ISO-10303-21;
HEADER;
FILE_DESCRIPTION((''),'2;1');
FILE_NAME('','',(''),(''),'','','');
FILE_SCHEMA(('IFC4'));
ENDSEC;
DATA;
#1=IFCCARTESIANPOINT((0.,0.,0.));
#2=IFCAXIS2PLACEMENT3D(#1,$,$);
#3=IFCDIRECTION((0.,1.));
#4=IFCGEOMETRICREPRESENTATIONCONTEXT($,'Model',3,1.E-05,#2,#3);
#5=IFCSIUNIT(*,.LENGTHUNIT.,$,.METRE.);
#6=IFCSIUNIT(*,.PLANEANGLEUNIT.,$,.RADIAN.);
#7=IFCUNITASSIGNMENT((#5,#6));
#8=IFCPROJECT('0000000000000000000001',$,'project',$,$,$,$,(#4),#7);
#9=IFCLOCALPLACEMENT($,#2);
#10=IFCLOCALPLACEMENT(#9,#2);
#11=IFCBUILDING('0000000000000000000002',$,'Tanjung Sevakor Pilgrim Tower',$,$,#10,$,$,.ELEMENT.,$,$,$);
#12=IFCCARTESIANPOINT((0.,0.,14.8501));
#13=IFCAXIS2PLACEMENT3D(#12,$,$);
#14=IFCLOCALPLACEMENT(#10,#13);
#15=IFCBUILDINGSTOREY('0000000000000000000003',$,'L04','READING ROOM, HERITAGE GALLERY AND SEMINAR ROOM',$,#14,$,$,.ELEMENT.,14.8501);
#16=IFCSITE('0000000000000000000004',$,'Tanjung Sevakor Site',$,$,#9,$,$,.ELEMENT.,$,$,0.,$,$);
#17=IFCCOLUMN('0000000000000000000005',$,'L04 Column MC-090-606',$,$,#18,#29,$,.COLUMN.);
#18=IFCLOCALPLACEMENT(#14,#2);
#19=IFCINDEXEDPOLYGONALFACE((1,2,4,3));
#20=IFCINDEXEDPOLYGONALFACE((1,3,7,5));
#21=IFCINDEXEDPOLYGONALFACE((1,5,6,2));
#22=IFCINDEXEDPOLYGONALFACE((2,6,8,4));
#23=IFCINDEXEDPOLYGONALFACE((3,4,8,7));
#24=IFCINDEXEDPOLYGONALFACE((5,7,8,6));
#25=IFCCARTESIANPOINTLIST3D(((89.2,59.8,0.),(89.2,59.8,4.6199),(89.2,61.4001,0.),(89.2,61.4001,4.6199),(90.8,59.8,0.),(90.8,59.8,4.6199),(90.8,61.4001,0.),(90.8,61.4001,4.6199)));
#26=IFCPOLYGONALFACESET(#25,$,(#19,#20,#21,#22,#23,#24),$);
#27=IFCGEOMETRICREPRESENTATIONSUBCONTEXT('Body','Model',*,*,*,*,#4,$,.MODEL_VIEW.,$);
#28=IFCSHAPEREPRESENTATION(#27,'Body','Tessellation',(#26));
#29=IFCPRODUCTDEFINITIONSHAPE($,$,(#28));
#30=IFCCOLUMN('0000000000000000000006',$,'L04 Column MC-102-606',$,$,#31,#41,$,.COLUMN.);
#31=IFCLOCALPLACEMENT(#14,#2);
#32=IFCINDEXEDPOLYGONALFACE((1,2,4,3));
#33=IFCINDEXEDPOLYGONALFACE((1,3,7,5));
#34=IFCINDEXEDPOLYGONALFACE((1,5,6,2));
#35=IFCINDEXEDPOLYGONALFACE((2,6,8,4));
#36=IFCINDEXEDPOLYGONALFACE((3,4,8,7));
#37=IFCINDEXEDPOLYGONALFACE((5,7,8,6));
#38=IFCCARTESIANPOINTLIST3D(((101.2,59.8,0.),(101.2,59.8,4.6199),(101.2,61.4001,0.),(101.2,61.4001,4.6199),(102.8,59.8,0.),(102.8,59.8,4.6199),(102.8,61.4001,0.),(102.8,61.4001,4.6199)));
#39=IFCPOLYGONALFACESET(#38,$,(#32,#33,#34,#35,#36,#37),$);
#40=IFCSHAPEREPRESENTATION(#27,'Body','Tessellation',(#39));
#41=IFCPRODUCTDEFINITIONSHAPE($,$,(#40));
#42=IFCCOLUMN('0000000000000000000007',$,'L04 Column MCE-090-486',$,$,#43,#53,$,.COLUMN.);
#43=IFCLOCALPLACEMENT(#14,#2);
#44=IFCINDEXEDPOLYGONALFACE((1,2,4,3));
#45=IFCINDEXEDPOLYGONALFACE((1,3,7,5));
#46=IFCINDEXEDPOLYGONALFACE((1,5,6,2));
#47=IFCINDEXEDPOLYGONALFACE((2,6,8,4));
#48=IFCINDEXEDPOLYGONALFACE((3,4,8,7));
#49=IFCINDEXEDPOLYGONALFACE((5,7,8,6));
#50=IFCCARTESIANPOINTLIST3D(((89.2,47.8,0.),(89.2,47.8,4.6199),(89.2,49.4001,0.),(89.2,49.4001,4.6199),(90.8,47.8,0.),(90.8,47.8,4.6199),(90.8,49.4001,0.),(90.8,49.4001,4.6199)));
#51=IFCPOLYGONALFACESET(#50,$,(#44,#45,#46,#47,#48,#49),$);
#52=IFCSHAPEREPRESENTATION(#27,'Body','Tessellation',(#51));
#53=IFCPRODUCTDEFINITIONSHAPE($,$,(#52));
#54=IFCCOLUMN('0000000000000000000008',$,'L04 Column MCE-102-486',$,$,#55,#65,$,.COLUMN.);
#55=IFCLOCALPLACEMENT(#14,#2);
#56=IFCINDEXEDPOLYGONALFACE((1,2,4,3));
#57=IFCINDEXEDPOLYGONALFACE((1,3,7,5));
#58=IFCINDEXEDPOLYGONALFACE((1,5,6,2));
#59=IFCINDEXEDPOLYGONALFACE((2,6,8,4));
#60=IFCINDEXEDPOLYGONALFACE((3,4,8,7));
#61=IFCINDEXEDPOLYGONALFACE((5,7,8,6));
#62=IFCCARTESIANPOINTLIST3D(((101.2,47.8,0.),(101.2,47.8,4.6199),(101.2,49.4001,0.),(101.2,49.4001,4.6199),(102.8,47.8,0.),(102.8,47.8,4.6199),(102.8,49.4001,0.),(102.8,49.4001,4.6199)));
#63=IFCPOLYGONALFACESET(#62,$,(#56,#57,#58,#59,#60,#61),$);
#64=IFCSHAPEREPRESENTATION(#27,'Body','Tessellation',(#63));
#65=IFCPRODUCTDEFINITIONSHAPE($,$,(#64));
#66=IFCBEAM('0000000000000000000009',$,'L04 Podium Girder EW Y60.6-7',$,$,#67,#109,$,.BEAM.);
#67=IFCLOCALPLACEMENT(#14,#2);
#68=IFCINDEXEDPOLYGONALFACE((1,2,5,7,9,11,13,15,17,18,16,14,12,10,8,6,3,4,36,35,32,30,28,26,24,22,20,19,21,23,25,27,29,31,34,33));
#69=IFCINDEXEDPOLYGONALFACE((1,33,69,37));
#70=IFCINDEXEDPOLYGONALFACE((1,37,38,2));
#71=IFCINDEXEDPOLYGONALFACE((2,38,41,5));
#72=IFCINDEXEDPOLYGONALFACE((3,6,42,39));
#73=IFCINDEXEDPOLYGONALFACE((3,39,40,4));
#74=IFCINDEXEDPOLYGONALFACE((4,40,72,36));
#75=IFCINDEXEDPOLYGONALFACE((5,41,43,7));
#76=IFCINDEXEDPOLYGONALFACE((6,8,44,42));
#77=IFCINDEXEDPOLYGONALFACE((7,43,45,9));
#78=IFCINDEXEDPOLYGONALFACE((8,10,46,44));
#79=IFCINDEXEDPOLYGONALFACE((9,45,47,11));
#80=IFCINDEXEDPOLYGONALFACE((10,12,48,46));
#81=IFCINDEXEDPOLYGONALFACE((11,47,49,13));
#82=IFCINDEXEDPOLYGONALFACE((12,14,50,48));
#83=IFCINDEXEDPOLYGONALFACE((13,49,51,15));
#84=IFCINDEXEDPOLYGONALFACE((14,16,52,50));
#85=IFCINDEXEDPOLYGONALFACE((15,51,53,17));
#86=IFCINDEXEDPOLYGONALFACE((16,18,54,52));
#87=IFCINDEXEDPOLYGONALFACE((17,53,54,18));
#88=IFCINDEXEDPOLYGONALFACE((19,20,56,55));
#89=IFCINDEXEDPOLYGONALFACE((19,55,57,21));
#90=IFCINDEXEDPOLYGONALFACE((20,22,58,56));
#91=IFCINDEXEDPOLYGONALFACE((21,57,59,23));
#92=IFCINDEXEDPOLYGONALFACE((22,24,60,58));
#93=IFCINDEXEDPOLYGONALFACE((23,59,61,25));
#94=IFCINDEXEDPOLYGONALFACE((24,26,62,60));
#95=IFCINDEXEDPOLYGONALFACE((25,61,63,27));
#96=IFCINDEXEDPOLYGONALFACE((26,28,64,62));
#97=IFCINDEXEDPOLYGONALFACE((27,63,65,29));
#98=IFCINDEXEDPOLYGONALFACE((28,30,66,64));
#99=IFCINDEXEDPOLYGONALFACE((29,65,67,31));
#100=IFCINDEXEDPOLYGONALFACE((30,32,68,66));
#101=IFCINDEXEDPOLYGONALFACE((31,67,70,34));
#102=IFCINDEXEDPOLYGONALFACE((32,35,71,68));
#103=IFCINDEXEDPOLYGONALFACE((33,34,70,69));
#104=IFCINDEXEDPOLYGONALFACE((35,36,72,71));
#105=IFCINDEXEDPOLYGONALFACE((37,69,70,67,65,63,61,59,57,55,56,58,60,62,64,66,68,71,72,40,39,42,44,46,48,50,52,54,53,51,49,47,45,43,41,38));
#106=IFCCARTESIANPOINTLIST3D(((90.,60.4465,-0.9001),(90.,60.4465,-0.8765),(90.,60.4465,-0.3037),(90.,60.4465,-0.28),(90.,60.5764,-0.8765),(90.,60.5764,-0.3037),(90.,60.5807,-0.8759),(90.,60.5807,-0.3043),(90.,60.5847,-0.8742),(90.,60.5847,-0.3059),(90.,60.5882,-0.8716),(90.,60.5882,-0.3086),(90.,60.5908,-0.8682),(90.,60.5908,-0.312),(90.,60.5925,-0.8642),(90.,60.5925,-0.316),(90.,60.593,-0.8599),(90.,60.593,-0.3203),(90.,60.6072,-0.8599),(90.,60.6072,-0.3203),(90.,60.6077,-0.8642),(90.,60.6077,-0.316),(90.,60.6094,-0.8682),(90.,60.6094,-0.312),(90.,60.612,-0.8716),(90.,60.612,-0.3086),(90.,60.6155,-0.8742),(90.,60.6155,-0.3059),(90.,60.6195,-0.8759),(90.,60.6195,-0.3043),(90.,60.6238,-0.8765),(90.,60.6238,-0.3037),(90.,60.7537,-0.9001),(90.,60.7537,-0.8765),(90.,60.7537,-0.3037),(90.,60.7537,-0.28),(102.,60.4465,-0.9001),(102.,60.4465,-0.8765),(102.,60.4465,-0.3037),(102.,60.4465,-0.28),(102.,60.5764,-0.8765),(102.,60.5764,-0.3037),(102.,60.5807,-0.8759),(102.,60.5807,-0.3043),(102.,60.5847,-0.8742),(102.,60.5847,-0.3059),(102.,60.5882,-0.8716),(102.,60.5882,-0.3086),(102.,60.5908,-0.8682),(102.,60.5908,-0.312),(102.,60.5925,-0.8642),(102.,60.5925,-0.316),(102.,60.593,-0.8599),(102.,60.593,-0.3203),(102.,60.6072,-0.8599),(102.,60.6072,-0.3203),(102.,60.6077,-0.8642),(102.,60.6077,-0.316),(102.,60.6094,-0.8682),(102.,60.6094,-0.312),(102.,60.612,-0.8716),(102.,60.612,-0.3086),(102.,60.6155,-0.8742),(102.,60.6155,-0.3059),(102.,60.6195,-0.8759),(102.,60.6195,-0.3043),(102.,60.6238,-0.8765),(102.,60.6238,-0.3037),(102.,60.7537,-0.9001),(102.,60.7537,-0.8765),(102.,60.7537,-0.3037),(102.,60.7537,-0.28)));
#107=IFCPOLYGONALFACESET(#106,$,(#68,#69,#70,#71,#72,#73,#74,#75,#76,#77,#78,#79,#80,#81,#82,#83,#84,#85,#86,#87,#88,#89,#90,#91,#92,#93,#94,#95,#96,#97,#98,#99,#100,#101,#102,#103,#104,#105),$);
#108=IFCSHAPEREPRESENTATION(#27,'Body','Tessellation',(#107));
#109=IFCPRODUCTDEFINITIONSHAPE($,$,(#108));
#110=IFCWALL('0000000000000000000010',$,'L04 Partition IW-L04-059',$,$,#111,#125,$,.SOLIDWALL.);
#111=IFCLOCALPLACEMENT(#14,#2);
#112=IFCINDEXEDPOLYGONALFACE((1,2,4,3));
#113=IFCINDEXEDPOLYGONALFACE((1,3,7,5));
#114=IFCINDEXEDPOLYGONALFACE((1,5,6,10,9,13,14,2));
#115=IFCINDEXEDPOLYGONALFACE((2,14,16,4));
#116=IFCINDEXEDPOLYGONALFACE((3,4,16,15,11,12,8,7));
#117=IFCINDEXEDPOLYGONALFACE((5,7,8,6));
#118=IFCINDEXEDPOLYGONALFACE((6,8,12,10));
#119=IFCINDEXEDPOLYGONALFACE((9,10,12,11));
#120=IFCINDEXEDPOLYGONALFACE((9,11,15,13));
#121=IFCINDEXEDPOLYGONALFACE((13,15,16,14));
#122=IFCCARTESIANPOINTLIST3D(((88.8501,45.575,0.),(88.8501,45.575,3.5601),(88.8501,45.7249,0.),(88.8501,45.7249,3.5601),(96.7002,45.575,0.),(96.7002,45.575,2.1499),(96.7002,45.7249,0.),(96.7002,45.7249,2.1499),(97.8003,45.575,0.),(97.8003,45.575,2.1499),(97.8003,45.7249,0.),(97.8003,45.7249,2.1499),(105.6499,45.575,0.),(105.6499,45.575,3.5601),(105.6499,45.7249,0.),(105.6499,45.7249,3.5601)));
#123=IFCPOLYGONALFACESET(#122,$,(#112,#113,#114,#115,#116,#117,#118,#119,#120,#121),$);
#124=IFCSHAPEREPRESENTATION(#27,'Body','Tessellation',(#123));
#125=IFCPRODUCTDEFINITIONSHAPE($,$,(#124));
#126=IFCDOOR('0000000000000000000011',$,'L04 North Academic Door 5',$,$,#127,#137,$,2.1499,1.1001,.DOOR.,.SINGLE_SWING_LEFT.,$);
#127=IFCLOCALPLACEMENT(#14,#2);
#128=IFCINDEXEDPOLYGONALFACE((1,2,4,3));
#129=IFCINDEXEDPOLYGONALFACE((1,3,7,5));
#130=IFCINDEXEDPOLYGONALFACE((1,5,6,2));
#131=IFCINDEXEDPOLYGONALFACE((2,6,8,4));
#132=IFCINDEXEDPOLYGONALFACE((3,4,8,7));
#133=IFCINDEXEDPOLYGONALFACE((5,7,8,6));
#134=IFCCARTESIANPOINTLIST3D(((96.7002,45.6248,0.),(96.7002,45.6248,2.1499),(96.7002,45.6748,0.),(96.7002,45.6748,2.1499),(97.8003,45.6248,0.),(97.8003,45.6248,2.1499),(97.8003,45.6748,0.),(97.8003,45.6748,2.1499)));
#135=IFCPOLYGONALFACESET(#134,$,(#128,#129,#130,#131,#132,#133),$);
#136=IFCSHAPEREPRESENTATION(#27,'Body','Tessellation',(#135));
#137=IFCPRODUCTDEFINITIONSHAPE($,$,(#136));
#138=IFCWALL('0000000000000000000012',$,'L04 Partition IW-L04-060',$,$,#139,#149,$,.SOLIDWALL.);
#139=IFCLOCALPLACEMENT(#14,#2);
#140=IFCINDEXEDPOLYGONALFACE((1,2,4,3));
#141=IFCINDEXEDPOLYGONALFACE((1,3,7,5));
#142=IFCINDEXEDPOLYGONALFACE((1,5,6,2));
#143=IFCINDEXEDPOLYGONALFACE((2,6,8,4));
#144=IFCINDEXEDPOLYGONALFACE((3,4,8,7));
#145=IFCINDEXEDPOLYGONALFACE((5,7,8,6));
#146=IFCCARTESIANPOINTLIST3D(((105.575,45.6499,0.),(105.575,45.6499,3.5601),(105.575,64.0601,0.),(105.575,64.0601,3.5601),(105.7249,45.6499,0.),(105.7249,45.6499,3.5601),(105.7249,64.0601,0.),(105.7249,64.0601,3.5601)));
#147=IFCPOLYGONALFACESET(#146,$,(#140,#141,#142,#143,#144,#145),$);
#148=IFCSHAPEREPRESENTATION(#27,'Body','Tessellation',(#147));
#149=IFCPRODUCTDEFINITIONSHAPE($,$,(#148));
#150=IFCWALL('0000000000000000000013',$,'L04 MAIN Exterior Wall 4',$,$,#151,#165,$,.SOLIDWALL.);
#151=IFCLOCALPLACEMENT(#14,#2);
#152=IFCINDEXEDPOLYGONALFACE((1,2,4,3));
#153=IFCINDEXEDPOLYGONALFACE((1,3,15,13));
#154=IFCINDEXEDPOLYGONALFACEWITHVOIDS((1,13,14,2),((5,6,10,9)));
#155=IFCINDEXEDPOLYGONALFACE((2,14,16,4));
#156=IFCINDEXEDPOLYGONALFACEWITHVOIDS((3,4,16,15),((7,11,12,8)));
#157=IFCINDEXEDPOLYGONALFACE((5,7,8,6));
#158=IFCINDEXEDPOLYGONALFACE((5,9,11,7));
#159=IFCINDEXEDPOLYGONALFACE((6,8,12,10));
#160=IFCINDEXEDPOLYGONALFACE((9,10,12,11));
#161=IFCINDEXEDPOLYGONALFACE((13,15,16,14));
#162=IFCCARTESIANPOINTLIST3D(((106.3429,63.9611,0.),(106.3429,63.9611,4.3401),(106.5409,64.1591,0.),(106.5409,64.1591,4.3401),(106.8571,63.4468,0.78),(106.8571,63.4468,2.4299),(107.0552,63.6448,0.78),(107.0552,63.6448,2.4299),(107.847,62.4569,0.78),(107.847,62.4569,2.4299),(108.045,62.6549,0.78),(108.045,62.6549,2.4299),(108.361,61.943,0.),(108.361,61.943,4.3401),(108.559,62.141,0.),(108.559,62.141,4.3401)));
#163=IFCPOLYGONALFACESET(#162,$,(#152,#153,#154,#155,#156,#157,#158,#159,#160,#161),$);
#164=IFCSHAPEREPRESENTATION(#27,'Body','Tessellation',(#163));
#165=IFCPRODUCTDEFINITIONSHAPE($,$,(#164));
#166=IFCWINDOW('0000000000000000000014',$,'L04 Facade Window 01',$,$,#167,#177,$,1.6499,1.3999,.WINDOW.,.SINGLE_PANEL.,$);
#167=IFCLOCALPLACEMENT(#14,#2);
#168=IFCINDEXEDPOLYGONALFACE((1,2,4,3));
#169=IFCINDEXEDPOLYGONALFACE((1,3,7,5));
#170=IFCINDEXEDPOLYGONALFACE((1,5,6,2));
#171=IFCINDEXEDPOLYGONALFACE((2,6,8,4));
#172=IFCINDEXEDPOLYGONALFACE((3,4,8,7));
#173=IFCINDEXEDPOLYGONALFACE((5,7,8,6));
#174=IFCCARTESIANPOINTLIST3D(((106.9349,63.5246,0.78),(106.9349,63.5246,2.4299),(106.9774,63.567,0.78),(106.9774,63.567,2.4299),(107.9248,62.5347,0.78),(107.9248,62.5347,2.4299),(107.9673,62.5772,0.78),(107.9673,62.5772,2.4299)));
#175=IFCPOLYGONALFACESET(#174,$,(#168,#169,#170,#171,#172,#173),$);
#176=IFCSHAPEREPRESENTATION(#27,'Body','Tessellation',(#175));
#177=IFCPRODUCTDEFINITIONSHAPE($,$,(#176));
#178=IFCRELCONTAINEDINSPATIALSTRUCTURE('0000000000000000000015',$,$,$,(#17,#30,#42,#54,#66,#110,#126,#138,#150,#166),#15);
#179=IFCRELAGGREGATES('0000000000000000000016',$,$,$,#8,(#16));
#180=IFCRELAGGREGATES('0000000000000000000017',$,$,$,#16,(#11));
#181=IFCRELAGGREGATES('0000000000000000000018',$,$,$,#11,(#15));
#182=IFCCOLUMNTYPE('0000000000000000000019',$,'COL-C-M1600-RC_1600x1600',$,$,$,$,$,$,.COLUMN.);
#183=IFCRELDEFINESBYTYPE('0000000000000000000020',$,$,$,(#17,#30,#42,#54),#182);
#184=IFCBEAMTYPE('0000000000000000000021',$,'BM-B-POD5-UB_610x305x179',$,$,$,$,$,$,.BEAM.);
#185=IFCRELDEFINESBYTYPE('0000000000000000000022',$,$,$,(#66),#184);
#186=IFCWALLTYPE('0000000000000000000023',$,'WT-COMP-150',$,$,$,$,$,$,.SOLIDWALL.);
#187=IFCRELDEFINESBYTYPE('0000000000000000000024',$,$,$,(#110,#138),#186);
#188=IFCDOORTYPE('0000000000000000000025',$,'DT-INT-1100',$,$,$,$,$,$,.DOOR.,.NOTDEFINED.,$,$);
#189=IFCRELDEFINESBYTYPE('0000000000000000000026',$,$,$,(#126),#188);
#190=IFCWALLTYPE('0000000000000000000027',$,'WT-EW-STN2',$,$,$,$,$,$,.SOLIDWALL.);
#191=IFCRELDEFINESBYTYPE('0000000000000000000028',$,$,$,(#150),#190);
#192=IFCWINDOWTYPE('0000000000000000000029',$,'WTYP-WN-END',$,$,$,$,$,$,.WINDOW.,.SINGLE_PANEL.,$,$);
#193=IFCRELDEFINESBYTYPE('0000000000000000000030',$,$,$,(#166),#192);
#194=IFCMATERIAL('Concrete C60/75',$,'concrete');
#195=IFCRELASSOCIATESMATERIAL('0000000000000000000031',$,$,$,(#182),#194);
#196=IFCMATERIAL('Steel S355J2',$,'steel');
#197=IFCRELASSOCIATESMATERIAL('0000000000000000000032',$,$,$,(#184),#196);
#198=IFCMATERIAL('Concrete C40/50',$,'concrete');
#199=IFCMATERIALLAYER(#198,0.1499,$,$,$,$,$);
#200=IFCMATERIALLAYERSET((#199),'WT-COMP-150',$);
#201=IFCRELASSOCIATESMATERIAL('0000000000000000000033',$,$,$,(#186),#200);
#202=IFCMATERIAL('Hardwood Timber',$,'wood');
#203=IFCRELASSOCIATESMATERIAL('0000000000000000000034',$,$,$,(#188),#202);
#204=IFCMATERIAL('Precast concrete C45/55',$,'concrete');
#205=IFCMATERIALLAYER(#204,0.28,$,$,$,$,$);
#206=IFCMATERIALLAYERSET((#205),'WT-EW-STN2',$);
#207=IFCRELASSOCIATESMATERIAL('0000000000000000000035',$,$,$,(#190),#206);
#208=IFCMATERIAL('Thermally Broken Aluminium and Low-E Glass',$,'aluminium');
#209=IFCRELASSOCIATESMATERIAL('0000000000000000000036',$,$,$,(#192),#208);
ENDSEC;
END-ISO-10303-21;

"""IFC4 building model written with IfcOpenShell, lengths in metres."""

from ifc_helpers import new_model, si_unit, direction, frame, frame_2d, origin, origin_2d, place, context, subcontext, project, spatial, rectangle, i_section, extrude, material, layer, layer_set, material_profile, profile_set, type_object, element, fill, save


model = new_model("IFC4")

# Units and contexts
model_context = context("Model", 3, precision=1e-05, world=origin(), true_north=direction((0.0, 1.0)))
body_context = subcontext(model_context, "Body", "Model", "MODEL_VIEW")
ifc_project = project(units=[si_unit("LENGTHUNIT", "METRE"), si_unit("PLANEANGLEUNIT", "RADIAN")], contexts=[model_context])

# Site, building, storey
site_placement = place(None, origin())
site = spatial("IfcSite", under=ifc_project, at=site_placement, Name="Tanjung Sevakor Site", CompositionType="ELEMENT", RefElevation=0.0)
building_placement = place(site_placement, origin())
building = spatial("IfcBuilding", under=site, at=building_placement, Name="Tanjung Sevakor Pilgrim Tower", CompositionType="ELEMENT")
storey_placement = place(building_placement, frame((0.0, 0.0, 14.8501)))
storey = spatial("IfcBuildingStorey", under=building, at=storey_placement, Name="L04", Description="READING ROOM, HERITAGE GALLERY AND SEMINAR ROOM", CompositionType="ELEMENT", Elevation=14.8501)

# Columns
ifc_material_1 = material(Name="Concrete C60/75", Category="concrete")
ifc_material_profile_1 = material_profile(ifc_material_1, rectangle(XDim=1.6001, YDim=1.6001, at=origin_2d()))
ifc_profile_set_1 = profile_set([ifc_material_profile_1], Name="Concrete C60/75")
column_type = type_object("IfcColumnType", Name="COL-C-M1600-RC_1600x1600", PredefinedType="COLUMN", material=ifc_profile_set_1)
for number, where, z_axis, x_axis, name in (
    (1, (90.0, 60.6001, 0.0), (0.0, 0.0, 1.0), (1.0, 0.0, 0.0), "L04 Column MC-090-606"),
    (2, (102.0, 60.6001, 0.0), (0.0, 0.0, 1.0), (1.0, 0.0, 0.0), "L04 Column MC-102-606"),
    (3, (90.0, 48.6001, 0.0), (0.0, 0.0, 1.0), (1.0, 0.0, 0.0), "L04 Column MCE-090-486"),
    (4, (102.0, 48.6001, 0.0), (0.0, 0.0, 1.0), (1.0, 0.0, 0.0), "L04 Column MCE-102-486"),
):
    element("IfcColumn", number, at=place(storey_placement, frame(where, z_axis=z_axis, x_axis=x_axis)), inside=storey, type_object=column_type, Name=name, PredefinedType="COLUMN", context=body_context, shape_type="SweptSolid", body=[
        extrude(rectangle(XDim=1.6001, YDim=1.6001, at=origin_2d()), origin(), (0.0, 0.0, 1.0), 4.6199),
    ])

# Beam
ifc_material_2 = material(Name="Steel S355J2", Category="steel")
ifc_material_profile_2 = material_profile(ifc_material_2, i_section(OverallWidth=0.3071, OverallDepth=0.6201, WebThickness=0.0142, FlangeThickness=0.0237, FilletRadius=0.0166, at=origin_2d()))
ifc_profile_set_2 = profile_set([ifc_material_profile_2], Name="Steel S355J2")
beam_type = type_object("IfcBeamType", Name="BM-B-POD5-UB_610x305x179", PredefinedType="BEAM", material=ifc_profile_set_2)
beam_placement = place(storey_placement, frame((90.0, 60.6001, -0.5901), z_axis=(1.0, 0.0, 0.0), x_axis=(0.0, 1.0, 0.0)))
element("IfcBeam", 5, at=beam_placement, inside=storey, type_object=beam_type, Name="L04 Podium Girder EW Y60.6-7", PredefinedType="BEAM", context=body_context, shape_type="SweptSolid", body=[
    extrude(i_section(OverallWidth=0.3071, OverallDepth=0.6201, WebThickness=0.0142, FlangeThickness=0.0237, FilletRadius=0.0166, at=origin_2d()), origin(), (0.0, 0.0, 1.0), 12.0),
])

# Wall, opening, door
ifc_material_3 = material(Name="Concrete C40/50", Category="concrete")
ifc_layer_1 = layer(ifc_material_3, 0.1499)
ifc_layer_set_1 = layer_set([ifc_layer_1], Name="WT-COMP-150")
wall_type_1 = type_object("IfcWallType", Name="WT-COMP-150", PredefinedType="SOLIDWALL", material=ifc_layer_set_1)
wall_1_placement = place(storey_placement, frame((88.8501, 45.6499, 0.0), z_axis=(0.0, 0.0, 1.0), x_axis=(1.0, 0.0, 0.0)))
wall_1 = element("IfcWall", 6, at=wall_1_placement, inside=storey, type_object=wall_type_1, Name="L04 Partition IW-L04-059", PredefinedType="SOLIDWALL", context=body_context, shape_type="SweptSolid", body=[
    extrude(rectangle(XDim=16.7998, YDim=0.1499, at=frame_2d((8.3999, 0.0))), origin(), (0.0, 0.0, 1.0), 3.5601),
])
opening_1_placement = place(wall_1_placement, frame((7.8501, 0.0, 0.0)))
opening_1 = element("IfcOpeningElement", 7, at=opening_1_placement, cuts=wall_1, PredefinedType="OPENING", context=body_context, shape_type="SweptSolid", body=[
    extrude(rectangle(XDim=1.1001, YDim=2.1499, at=frame_2d((0.55, 1.075))), frame((0.0, 0.085, 0.0), z_axis=(0.0, -1.0, 0.0), x_axis=(1.0, 0.0, 0.0)), (0.0, 0.0, 1.0), 0.1699),
])
ifc_material_4 = material(Name="Hardwood Timber", Category="wood")
door_type_1 = type_object("IfcDoorType", Name="DT-INT-1100", OperationType="NOTDEFINED", PredefinedType="DOOR", material=ifc_material_4)
door_1_placement = place(opening_1_placement, origin())
door_1 = element("IfcDoor", 8, at=door_1_placement, inside=storey, type_object=door_type_1, Name="L04 North Academic Door 5", OperationType="SINGLE_SWING_LEFT", OverallHeight=2.1499, OverallWidth=1.1001, PredefinedType="DOOR", context=body_context, shape_type="SweptSolid", body=[
    extrude(rectangle(XDim=1.1001, YDim=2.1499, at=frame_2d((0.55, 1.075))), frame((0.0, 0.0249, 0.0), z_axis=(0.0, -1.0, 0.0), x_axis=(1.0, 0.0, 0.0)), (0.0, 0.0, 1.0), 0.05),
])
fill(opening_1, door_1)

# Wall
wall_2_placement = place(storey_placement, frame((105.6499, 45.6499, 0.0), z_axis=(0.0, 0.0, 1.0), x_axis=(0.0, 1.0, 0.0)))
element("IfcWall", 9, at=wall_2_placement, inside=storey, type_object=wall_type_1, Name="L04 Partition IW-L04-060", PredefinedType="SOLIDWALL", context=body_context, shape_type="SweptSolid", body=[
    extrude(rectangle(XDim=18.4102, YDim=0.1499, at=frame_2d((9.2051, 0.0))), origin(), (0.0, 0.0, 1.0), 3.5601),
])

# Wall, opening, window
ifc_material_5 = material(Name="Precast concrete C45/55", Category="concrete")
ifc_layer_2 = layer(ifc_material_5, 0.28)
ifc_layer_set_2 = layer_set([ifc_layer_2], Name="WT-EW-STN2")
wall_type_2 = type_object("IfcWallType", Name="WT-EW-STN2", PredefinedType="SOLIDWALL", material=ifc_layer_set_2)
wall_3_placement = place(storey_placement, frame((108.46, 62.042, 0.0), z_axis=(0.0, 0.0, 1.0), x_axis=(-0.707107, 0.707107, 0.0)))
wall_3 = element("IfcWall", 10, at=wall_3_placement, inside=storey, type_object=wall_type_2, Name="L04 MAIN Exterior Wall 4", PredefinedType="SOLIDWALL", context=body_context, shape_type="SweptSolid", body=[
    extrude(rectangle(XDim=2.854, YDim=0.28, at=frame_2d((1.427, 0.0))), origin(), (0.0, 0.0, 1.0), 4.3401),
])
opening_2_placement = place(wall_3_placement, frame((0.7268, 0.0, 0.78)))
opening_2 = element("IfcOpeningElement", 11, at=opening_2_placement, cuts=wall_3, PredefinedType="OPENING", context=body_context, shape_type="SweptSolid", body=[
    extrude(rectangle(XDim=1.3999, YDim=1.6499, at=frame_2d((0.7, 0.825))), frame((0.0, 0.1499, 0.0), z_axis=(0.0, -1.0, 0.0), x_axis=(1.0, 0.0, 0.0)), (0.0, 0.0, 1.0), 0.3),
])
ifc_material_6 = material(Name="Thermally Broken Aluminium and Low-E Glass", Category="aluminium")
window_type_1 = type_object("IfcWindowType", Name="WTYP-WN-END", PartitioningType="SINGLE_PANEL", PredefinedType="WINDOW", material=ifc_material_6)
window_1_placement = place(opening_2_placement, origin())
window_1 = element("IfcWindow", 12, at=window_1_placement, inside=storey, type_object=window_type_1, Name="L04 Facade Window 01", OverallHeight=1.6499, OverallWidth=1.3999, PartitioningType="SINGLE_PANEL", PredefinedType="WINDOW", context=body_context, shape_type="SweptSolid", body=[
    extrude(rectangle(XDim=1.3999, YDim=1.6499, at=frame_2d((0.7, 0.825))), frame((0.0, 0.03, 0.0), z_axis=(0.0, -1.0, 0.0), x_axis=(1.0, 0.0, 0.0)), (0.0, 0.0, 1.0), 0.0601),
])
fill(opening_2, window_1)

save(model, "model.ifc")
